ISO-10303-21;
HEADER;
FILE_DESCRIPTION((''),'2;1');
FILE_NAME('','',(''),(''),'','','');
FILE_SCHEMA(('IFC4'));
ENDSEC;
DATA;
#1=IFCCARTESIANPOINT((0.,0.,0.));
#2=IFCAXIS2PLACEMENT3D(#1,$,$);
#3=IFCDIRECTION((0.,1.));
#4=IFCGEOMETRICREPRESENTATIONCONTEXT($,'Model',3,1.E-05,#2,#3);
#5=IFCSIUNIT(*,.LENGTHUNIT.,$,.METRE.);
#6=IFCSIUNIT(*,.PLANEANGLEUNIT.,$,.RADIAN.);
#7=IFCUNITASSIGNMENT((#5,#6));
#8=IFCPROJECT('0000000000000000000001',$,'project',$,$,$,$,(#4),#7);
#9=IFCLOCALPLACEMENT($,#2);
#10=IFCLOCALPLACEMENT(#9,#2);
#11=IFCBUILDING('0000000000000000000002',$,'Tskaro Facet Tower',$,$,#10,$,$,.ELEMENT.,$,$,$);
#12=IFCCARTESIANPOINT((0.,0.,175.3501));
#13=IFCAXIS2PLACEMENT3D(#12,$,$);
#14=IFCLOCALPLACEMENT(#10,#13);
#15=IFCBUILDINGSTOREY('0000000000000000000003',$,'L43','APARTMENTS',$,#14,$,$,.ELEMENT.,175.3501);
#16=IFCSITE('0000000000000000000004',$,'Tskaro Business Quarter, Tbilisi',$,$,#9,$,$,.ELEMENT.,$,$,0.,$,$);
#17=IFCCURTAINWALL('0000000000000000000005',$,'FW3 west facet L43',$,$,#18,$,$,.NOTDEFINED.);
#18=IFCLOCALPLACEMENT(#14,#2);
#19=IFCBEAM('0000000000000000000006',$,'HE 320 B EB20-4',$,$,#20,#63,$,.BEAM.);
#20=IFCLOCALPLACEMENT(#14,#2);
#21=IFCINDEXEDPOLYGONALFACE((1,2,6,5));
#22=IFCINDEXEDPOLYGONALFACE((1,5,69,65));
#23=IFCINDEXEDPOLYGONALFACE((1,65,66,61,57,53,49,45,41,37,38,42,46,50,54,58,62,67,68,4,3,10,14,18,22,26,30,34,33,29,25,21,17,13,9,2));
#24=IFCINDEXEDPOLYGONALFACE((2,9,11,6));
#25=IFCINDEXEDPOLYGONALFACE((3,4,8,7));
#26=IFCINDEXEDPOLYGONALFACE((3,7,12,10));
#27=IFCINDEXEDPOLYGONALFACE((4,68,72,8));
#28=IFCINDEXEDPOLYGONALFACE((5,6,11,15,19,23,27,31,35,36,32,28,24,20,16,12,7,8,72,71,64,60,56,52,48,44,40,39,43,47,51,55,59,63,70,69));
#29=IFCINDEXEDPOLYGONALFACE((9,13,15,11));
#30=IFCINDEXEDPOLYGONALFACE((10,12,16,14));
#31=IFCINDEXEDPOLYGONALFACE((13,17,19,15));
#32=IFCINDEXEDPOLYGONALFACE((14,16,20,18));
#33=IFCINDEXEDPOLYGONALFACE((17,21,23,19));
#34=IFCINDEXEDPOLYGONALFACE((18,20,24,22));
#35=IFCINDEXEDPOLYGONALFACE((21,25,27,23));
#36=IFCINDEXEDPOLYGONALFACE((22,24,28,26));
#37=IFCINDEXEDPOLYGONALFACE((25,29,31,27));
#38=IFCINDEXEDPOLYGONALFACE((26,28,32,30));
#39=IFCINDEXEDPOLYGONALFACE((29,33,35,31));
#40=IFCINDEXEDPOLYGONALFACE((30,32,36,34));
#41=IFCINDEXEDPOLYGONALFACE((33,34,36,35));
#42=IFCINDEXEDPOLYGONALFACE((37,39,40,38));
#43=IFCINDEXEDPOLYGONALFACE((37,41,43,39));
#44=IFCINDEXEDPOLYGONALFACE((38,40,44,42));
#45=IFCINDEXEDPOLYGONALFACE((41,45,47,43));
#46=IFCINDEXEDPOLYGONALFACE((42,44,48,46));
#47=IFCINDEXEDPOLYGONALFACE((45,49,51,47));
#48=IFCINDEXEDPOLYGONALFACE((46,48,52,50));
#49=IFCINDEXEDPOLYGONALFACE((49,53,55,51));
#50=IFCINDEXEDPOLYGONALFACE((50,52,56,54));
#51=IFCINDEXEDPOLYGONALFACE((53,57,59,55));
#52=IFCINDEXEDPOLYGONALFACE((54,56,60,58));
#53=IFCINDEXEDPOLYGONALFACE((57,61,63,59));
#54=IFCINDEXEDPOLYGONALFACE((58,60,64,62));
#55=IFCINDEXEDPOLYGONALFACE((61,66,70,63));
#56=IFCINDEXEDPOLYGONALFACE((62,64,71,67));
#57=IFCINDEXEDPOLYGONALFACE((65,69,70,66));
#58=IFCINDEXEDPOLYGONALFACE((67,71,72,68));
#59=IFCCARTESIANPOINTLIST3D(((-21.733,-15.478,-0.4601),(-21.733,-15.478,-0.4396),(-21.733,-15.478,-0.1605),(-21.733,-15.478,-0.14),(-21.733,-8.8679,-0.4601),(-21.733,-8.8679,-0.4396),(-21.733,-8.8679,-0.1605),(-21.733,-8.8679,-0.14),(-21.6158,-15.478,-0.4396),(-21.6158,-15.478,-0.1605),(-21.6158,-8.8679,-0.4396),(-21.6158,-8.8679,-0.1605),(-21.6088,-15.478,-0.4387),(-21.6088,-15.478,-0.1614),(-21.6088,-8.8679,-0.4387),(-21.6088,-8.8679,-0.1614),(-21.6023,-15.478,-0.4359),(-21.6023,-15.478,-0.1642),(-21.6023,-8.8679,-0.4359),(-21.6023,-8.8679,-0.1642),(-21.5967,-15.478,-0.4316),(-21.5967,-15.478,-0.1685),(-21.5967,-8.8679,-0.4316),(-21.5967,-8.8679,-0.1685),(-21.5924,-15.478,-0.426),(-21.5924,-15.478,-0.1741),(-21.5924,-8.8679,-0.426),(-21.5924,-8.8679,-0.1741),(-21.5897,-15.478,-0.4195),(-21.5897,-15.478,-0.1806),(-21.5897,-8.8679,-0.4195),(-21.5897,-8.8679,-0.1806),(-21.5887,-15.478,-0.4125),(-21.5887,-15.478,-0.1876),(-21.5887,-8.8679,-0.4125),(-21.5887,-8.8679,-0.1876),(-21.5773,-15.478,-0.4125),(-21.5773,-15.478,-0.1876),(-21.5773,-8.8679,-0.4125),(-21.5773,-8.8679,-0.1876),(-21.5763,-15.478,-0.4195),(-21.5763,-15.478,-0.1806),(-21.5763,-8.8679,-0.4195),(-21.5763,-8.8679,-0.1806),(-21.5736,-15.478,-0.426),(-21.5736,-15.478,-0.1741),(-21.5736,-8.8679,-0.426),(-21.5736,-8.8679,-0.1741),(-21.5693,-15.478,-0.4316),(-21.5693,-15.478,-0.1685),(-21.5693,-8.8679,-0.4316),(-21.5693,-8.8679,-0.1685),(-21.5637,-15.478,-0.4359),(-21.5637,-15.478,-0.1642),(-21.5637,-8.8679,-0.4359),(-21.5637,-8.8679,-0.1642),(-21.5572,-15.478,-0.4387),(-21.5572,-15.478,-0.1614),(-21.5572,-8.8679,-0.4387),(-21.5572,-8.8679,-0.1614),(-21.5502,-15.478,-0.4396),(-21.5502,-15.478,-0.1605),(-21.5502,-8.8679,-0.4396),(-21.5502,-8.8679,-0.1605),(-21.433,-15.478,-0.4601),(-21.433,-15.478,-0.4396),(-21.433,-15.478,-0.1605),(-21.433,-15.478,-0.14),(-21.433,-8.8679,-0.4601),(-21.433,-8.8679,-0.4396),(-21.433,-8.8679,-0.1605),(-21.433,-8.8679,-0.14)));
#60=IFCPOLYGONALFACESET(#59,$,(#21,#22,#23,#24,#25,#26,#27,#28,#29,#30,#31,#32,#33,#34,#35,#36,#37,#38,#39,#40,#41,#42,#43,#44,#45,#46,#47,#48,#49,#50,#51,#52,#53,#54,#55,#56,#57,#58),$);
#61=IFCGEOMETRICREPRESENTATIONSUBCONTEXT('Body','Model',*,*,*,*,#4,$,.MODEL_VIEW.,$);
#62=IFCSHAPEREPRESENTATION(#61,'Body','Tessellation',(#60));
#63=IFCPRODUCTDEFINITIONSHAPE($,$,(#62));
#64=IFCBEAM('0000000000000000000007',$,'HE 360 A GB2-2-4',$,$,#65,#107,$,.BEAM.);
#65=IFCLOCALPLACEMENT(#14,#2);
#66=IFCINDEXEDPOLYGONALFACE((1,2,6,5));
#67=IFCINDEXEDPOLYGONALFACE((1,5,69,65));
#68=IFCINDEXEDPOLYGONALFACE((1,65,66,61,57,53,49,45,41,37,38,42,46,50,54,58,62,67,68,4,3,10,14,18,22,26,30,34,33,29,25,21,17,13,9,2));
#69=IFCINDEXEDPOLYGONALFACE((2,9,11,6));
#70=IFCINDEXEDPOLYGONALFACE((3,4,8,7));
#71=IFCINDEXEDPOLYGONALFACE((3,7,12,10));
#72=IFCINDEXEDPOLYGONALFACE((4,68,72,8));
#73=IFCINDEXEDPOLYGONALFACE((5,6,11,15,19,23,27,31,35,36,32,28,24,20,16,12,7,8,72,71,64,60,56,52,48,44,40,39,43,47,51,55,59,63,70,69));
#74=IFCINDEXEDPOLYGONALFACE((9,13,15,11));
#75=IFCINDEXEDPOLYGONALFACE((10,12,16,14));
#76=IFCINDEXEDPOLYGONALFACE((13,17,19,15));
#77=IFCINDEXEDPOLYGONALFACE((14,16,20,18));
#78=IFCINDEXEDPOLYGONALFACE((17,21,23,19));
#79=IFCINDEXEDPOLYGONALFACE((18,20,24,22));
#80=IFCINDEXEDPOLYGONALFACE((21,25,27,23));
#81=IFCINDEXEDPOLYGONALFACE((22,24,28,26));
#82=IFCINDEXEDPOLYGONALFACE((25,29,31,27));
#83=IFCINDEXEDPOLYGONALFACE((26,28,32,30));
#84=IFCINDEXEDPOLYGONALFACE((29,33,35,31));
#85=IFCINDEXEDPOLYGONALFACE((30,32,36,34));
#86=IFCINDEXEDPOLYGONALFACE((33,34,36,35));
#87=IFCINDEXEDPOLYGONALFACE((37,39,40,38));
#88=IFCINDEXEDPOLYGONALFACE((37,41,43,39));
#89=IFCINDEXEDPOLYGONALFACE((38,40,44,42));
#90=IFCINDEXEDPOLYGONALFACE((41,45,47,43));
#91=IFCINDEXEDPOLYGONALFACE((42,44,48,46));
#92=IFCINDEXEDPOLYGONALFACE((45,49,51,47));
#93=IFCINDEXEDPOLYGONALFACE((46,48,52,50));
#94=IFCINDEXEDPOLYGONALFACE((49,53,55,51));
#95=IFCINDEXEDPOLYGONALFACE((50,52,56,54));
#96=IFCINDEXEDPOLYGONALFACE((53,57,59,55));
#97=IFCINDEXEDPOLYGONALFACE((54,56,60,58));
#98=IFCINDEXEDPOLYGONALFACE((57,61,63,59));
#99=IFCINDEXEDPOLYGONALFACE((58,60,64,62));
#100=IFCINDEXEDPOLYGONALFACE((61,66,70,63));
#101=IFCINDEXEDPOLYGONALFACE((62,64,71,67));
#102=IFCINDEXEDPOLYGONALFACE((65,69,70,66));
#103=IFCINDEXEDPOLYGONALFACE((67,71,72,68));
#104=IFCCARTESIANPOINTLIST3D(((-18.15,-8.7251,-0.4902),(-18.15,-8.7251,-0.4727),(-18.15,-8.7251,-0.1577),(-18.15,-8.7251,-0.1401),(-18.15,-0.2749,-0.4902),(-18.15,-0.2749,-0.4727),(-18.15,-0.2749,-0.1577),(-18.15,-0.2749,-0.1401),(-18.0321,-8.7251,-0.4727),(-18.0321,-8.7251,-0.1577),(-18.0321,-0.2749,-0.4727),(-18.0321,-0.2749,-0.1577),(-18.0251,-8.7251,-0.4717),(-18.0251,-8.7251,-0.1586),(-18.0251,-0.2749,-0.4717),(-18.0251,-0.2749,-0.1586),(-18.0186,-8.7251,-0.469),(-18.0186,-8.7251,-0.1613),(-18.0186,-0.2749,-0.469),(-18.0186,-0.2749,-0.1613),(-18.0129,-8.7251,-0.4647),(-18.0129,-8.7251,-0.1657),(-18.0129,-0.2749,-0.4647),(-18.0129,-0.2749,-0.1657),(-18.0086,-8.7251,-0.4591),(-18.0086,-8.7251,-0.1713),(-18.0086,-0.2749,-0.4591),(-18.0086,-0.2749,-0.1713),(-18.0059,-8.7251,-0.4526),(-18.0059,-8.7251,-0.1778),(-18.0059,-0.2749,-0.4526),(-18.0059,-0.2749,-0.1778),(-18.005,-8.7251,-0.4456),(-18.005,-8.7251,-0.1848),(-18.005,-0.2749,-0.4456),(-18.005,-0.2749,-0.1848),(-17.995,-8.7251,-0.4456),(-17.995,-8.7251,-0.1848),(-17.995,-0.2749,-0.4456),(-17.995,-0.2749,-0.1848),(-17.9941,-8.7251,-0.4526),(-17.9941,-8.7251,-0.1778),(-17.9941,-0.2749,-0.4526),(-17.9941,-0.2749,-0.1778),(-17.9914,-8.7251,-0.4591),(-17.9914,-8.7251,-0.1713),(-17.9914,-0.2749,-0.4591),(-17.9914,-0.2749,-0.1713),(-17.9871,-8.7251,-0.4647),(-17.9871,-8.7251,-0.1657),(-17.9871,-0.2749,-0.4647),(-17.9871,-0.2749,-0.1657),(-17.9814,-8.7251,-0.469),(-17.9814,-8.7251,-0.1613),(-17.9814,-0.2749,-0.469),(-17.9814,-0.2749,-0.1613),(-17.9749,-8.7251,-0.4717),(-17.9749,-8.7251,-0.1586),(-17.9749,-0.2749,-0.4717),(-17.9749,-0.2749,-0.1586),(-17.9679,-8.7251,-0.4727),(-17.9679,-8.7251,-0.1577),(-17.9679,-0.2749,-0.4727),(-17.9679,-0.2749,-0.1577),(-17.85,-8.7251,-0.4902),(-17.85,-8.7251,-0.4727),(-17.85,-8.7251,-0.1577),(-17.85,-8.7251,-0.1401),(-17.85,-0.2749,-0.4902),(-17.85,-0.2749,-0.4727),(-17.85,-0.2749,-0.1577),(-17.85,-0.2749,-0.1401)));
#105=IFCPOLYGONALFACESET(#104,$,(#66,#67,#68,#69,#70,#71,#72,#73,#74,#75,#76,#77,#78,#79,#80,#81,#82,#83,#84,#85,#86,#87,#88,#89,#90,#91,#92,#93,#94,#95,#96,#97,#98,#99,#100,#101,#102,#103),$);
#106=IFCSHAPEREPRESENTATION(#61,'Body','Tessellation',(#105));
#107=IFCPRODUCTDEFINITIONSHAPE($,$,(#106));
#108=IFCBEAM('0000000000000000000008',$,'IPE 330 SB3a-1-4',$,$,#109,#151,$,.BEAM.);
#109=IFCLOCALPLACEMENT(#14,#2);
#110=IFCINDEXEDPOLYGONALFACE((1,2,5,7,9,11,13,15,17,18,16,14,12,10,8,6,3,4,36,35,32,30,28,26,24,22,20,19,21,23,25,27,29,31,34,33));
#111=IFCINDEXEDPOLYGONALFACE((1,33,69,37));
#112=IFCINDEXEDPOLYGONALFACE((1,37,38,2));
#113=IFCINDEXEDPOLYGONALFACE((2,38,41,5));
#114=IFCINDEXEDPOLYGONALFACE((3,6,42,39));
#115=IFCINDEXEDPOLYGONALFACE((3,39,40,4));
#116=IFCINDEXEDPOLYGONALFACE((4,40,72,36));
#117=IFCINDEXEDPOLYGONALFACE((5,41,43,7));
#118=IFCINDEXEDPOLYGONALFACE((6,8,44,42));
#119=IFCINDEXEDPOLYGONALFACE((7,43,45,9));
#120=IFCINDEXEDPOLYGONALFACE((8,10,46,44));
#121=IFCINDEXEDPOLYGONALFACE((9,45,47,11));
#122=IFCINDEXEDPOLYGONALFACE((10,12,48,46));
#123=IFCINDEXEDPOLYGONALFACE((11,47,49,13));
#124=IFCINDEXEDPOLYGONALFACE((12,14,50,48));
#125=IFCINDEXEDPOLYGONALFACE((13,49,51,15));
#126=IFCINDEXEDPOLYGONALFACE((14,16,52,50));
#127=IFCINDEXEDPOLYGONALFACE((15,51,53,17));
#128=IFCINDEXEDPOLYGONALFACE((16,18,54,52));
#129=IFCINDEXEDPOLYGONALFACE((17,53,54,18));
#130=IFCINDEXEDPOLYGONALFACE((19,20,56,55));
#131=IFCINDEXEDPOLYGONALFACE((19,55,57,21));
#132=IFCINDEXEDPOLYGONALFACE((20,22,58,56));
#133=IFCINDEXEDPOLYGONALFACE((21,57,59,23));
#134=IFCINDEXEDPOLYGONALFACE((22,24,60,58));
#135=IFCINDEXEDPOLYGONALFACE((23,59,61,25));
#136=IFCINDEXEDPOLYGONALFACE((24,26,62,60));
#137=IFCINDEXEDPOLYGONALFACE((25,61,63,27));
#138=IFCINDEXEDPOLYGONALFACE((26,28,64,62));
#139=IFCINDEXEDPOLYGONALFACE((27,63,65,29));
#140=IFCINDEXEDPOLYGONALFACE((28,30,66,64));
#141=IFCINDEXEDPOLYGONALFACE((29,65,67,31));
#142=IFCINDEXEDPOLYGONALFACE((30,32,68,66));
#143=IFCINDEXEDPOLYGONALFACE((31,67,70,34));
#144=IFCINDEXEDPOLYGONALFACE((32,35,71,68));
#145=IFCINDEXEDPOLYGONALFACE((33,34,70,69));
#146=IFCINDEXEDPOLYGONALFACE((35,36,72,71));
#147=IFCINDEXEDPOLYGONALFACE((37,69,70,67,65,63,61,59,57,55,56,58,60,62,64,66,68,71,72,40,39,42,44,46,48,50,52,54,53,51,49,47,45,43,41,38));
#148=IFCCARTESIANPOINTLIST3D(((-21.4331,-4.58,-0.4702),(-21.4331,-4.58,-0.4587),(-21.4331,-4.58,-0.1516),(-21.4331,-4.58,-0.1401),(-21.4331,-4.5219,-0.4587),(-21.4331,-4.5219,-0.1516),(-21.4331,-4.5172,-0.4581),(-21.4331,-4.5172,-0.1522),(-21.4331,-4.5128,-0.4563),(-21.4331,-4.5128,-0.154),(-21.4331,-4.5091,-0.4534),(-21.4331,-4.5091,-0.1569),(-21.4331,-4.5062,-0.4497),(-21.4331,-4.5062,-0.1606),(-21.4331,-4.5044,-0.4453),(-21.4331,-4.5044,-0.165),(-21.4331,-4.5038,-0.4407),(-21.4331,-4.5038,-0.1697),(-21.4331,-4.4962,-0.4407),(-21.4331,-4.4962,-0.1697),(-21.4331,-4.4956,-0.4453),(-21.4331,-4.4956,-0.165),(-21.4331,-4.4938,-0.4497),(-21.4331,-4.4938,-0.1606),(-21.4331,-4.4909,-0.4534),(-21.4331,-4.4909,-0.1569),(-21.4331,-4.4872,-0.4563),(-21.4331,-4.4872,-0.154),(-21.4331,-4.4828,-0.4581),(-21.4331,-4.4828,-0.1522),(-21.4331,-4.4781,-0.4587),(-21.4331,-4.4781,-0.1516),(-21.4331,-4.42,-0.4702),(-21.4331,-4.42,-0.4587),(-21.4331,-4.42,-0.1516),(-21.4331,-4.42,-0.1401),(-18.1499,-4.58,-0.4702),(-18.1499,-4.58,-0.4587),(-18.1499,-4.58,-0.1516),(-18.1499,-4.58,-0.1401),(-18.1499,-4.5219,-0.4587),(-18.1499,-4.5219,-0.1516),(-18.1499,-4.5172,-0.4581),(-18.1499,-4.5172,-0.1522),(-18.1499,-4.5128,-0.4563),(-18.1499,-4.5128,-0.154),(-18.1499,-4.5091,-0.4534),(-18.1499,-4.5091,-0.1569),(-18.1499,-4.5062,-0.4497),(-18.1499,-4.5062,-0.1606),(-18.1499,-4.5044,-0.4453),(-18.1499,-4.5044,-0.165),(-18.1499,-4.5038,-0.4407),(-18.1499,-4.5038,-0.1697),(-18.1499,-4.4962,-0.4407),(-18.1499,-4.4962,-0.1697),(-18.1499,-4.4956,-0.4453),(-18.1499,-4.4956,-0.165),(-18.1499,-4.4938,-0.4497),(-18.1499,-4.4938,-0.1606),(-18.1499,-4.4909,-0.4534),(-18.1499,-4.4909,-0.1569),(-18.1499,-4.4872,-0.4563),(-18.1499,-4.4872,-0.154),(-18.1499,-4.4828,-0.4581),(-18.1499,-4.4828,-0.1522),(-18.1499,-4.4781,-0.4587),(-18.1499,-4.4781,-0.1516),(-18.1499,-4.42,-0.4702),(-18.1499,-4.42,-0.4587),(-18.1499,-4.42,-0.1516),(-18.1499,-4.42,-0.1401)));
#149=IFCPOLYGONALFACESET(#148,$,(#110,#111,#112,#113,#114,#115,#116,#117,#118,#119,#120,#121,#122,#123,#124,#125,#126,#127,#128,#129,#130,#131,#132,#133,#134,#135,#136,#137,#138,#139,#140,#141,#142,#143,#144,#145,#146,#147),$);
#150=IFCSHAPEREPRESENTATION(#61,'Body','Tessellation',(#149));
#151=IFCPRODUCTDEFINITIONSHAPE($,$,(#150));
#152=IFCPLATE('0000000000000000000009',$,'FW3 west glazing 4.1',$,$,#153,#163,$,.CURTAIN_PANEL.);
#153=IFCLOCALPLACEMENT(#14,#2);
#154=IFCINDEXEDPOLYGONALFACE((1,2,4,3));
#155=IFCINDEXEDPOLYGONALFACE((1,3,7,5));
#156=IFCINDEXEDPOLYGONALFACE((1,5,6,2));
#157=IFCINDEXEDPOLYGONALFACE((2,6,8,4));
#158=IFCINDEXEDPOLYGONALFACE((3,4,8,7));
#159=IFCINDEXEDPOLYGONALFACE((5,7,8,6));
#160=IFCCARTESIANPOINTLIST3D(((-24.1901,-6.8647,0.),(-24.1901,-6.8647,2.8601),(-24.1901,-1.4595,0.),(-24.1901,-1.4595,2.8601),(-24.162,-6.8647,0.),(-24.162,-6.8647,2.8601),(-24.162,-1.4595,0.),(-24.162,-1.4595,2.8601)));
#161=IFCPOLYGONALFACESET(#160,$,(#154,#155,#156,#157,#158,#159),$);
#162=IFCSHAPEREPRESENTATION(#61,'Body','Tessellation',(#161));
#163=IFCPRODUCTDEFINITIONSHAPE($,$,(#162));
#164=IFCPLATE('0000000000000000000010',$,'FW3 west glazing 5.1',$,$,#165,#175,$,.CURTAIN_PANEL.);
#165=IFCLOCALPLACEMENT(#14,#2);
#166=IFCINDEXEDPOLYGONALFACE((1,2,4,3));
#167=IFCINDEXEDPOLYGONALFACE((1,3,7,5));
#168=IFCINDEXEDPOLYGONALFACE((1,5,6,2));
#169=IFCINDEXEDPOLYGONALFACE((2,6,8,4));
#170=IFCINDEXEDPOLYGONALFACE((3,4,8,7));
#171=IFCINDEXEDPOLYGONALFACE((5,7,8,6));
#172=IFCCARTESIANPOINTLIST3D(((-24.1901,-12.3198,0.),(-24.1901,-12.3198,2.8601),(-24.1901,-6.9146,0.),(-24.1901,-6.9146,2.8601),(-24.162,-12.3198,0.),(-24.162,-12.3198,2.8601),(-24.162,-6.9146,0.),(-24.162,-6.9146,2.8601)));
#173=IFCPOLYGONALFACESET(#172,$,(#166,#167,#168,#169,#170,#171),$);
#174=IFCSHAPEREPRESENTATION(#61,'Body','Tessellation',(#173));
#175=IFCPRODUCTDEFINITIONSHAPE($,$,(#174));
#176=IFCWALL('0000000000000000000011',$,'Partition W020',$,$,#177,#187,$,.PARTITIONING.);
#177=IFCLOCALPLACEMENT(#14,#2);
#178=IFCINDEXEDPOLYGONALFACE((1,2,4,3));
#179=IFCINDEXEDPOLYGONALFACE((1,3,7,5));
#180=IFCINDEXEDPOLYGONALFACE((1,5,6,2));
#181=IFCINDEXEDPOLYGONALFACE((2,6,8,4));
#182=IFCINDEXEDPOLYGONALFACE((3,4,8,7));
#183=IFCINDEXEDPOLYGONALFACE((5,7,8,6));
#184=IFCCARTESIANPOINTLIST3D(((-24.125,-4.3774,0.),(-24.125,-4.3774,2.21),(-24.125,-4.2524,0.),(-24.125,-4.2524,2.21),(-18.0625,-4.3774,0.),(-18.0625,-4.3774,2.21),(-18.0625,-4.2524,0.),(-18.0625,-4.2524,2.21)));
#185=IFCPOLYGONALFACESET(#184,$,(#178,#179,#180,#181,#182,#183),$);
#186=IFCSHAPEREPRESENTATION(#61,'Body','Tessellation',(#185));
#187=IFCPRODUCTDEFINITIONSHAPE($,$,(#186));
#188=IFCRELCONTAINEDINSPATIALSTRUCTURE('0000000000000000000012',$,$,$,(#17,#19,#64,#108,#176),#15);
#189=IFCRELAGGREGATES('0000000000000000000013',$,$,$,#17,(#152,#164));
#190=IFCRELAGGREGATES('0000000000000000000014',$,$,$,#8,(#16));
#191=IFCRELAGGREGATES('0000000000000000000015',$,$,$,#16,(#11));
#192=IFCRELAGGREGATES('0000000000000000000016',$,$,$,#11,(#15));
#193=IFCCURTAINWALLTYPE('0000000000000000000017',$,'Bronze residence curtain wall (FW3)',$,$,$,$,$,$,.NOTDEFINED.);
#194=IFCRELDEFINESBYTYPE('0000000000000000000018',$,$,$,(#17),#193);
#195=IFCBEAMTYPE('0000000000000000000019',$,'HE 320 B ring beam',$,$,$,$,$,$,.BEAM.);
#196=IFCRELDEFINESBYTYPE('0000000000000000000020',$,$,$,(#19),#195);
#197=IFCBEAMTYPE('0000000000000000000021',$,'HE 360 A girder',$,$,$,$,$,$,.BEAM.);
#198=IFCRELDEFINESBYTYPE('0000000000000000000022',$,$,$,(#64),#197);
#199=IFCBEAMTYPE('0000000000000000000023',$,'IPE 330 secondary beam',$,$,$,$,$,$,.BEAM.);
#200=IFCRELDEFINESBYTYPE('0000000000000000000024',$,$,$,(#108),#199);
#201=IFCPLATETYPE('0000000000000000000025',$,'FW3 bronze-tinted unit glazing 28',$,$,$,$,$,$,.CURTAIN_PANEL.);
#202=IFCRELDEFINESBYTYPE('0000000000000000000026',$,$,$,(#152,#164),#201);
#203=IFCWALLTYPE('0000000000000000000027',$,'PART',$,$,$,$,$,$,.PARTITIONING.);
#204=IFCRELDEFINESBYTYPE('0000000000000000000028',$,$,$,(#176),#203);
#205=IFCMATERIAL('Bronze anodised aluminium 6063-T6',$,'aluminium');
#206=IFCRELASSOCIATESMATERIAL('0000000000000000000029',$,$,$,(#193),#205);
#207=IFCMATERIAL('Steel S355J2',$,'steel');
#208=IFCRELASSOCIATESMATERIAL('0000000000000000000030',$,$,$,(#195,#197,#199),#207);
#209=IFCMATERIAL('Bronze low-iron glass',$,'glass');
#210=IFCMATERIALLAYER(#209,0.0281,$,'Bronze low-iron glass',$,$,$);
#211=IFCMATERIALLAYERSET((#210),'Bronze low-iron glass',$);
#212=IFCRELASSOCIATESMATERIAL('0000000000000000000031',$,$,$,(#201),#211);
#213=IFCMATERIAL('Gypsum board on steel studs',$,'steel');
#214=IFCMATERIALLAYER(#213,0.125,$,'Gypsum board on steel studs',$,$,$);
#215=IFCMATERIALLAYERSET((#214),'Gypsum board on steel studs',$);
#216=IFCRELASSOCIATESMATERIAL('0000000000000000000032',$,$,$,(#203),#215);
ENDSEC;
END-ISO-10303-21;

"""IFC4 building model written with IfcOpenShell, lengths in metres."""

from ifc_helpers import new_model, si_unit, direction, frame, frame_2d, origin, origin_2d, place, context, subcontext, project, spatial, rectangle, i_section, extrude, material, layer, layer_set, material_profile, profile_set, type_object, element, aggregate, save


model = new_model("IFC4")

# Units and contexts
model_context = context("Model", 3, precision=1e-05, world=origin(), true_north=direction((0.0, 1.0)))
body_context = subcontext(model_context, "Body", "Model", "MODEL_VIEW")
ifc_project = project(units=[si_unit("LENGTHUNIT", "METRE"), si_unit("PLANEANGLEUNIT", "RADIAN")], contexts=[model_context])

# Site, building, storey
site_placement = place(None, origin())
site = spatial("IfcSite", under=ifc_project, at=site_placement, Name="Tskaro Business Quarter, Tbilisi", CompositionType="ELEMENT", RefElevation=0.0)
building_placement = place(site_placement, origin())
building = spatial("IfcBuilding", under=site, at=building_placement, Name="Tskaro Facet Tower", CompositionType="ELEMENT")
storey_placement = place(building_placement, frame((0.0, 0.0, 175.3501)))
storey = spatial("IfcBuildingStorey", under=building, at=storey_placement, Name="L43", Description="APARTMENTS", CompositionType="ELEMENT", Elevation=175.3501)

# Curtain wall
ifc_material_1 = material(Name="Bronze anodised aluminium 6063-T6", Category="aluminium")
curtain_wall_type = type_object("IfcCurtainWallType", Name="Bronze residence curtain wall (FW3)", PredefinedType="NOTDEFINED", material=ifc_material_1)
curtain_wall_placement = place(storey_placement, origin())
curtain_wall = element("IfcCurtainWall", 1, at=curtain_wall_placement, inside=storey, type_object=curtain_wall_type, Name="FW3 west facet L43", PredefinedType="NOTDEFINED")

# Beams
ifc_material_2 = material(Name="Steel S355J2", Category="steel")
ifc_material_profile_1 = material_profile(ifc_material_2, i_section(OverallWidth=0.3, OverallDepth=0.3201, WebThickness=0.0115, FlangeThickness=0.0205, FilletRadius=0.0271, at=origin_2d()), Name="HE 320 B")
ifc_profile_set_1 = profile_set([ifc_material_profile_1], Name="Steel S355J2")
beam_type_1 = type_object("IfcBeamType", Name="HE 320 B ring beam", PredefinedType="BEAM", material=ifc_profile_set_1)
for number, where, z_axis, x_axis, name in (
    (2, (-21.583, -8.8679, -0.3), (0.0, -1.0, 0.0), (1.0, 0.0, 0.0), "HE 320 B EB20-4"),
):
    element("IfcBeam", number, at=place(storey_placement, frame(where, z_axis=z_axis, x_axis=x_axis)), inside=storey, type_object=beam_type_1, Name=name, PredefinedType="BEAM", context=body_context, shape_type="SweptSolid", body=[
        extrude(i_section(OverallWidth=0.3, OverallDepth=0.3201, WebThickness=0.0115, FlangeThickness=0.0205, FilletRadius=0.0271, at=origin_2d()), origin(), (0.0, 0.0, 1.0), 6.6101),
    ])
ifc_material_profile_2 = material_profile(ifc_material_2, i_section(OverallWidth=0.3, OverallDepth=0.3501, WebThickness=0.01, FlangeThickness=0.0176, FilletRadius=0.0271, at=origin_2d()), Name="HE 360 A")
ifc_profile_set_2 = profile_set([ifc_material_profile_2], Name="Steel S355J2")
beam_type_2 = type_object("IfcBeamType", Name="HE 360 A girder", PredefinedType="BEAM", material=ifc_profile_set_2)
beam_1_placement = place(storey_placement, frame((-18.0, -8.7251, -0.3152), z_axis=(0.0, 1.0, 0.0), x_axis=(-1.0, 0.0, 0.0)))
element("IfcBeam", 3, at=beam_1_placement, inside=storey, type_object=beam_type_2, Name="HE 360 A GB2-2-4", PredefinedType="BEAM", context=body_context, shape_type="SweptSolid", body=[
    extrude(i_section(OverallWidth=0.3, OverallDepth=0.3501, WebThickness=0.01, FlangeThickness=0.0176, FilletRadius=0.0271, at=origin_2d()), origin(), (0.0, 0.0, 1.0), 8.4502),
])
ifc_material_profile_3 = material_profile(ifc_material_2, i_section(OverallWidth=0.1599, OverallDepth=0.3301, WebThickness=0.0076, FlangeThickness=0.0115, FilletRadius=0.0181, at=origin_2d()), Name="IPE 330")
ifc_profile_set_3 = profile_set([ifc_material_profile_3], Name="Steel S355J2")
beam_type_3 = type_object("IfcBeamType", Name="IPE 330 secondary beam", PredefinedType="BEAM", material=ifc_profile_set_3)
beam_2_placement = place(storey_placement, frame((-21.4331, -4.5, -0.3052), z_axis=(1.0, 0.0, 0.0), x_axis=(0.0, 1.0, 0.0)))
element("IfcBeam", 4, at=beam_2_placement, inside=storey, type_object=beam_type_3, Name="IPE 330 SB3a-1-4", PredefinedType="BEAM", context=body_context, shape_type="SweptSolid", body=[
    extrude(i_section(OverallWidth=0.1599, OverallDepth=0.3301, WebThickness=0.0076, FlangeThickness=0.0115, FilletRadius=0.0181, at=origin_2d()), origin(), (0.0, 0.0, 1.0), 3.2832),
])

# Plates
ifc_material_3 = material(Name="Bronze low-iron glass", Category="glass")
ifc_layer_1 = layer(ifc_material_3, 0.0281, Name="Bronze low-iron glass")
ifc_layer_set_1 = layer_set([ifc_layer_1], Name="Bronze low-iron glass")
plate_type = type_object("IfcPlateType", Name="FW3 bronze-tinted unit glazing 28", PredefinedType="CURTAIN_PANEL", material=ifc_layer_set_1)
plate_1_placement = place(storey_placement, frame((-24.176, -4.1621, 0.0), z_axis=(0.0, 0.0, 1.0), x_axis=(0.0, -1.0, 0.0)))
plate_1 = element("IfcPlate", 5, at=plate_1_placement, type_object=plate_type, Name="FW3 west glazing 4.1", PredefinedType="CURTAIN_PANEL", context=body_context, shape_type="SweptSolid", body=[
    extrude(rectangle(XDim=5.4053, YDim=0.0281, at=origin_2d()), origin(), (0.0, 0.0, 1.0), 2.8601),
])
plate_2_placement = place(storey_placement, frame((-24.176, -9.6172, 0.0), z_axis=(0.0, 0.0, 1.0), x_axis=(0.0, -1.0, 0.0)))
plate_2 = element("IfcPlate", 6, at=plate_2_placement, type_object=plate_type, Name="FW3 west glazing 5.1", PredefinedType="CURTAIN_PANEL", context=body_context, shape_type="SweptSolid", body=[
    extrude(rectangle(XDim=5.4053, YDim=0.0281, at=origin_2d()), origin(), (0.0, 0.0, 1.0), 2.8601),
])
aggregate(curtain_wall, [plate_1, plate_2])

# Wall
ifc_material_4 = material(Name="Gypsum board on steel studs", Category="steel")
ifc_layer_2 = layer(ifc_material_4, 0.125, Name="Gypsum board on steel studs")
ifc_layer_set_2 = layer_set([ifc_layer_2], Name="Gypsum board on steel studs")
wall_type_1 = type_object("IfcWallType", Name="PART", PredefinedType="PARTITIONING", material=ifc_layer_set_2)
wall_1_placement = place(storey_placement, frame((-24.125, -4.3149, 0.0), z_axis=(0.0, 0.0, 1.0), x_axis=(1.0, 0.0, 0.0)))
element("IfcWall", 7, at=wall_1_placement, inside=storey, type_object=wall_type_1, Name="Partition W020", PredefinedType="PARTITIONING", context=body_context, shape_type="SweptSolid", body=[
    extrude(rectangle(XDim=6.0625, YDim=0.125, at=frame_2d((3.0312, 0.0))), origin(), (0.0, 0.0, 1.0), 2.21),
])

save(model, "model.ifc")
